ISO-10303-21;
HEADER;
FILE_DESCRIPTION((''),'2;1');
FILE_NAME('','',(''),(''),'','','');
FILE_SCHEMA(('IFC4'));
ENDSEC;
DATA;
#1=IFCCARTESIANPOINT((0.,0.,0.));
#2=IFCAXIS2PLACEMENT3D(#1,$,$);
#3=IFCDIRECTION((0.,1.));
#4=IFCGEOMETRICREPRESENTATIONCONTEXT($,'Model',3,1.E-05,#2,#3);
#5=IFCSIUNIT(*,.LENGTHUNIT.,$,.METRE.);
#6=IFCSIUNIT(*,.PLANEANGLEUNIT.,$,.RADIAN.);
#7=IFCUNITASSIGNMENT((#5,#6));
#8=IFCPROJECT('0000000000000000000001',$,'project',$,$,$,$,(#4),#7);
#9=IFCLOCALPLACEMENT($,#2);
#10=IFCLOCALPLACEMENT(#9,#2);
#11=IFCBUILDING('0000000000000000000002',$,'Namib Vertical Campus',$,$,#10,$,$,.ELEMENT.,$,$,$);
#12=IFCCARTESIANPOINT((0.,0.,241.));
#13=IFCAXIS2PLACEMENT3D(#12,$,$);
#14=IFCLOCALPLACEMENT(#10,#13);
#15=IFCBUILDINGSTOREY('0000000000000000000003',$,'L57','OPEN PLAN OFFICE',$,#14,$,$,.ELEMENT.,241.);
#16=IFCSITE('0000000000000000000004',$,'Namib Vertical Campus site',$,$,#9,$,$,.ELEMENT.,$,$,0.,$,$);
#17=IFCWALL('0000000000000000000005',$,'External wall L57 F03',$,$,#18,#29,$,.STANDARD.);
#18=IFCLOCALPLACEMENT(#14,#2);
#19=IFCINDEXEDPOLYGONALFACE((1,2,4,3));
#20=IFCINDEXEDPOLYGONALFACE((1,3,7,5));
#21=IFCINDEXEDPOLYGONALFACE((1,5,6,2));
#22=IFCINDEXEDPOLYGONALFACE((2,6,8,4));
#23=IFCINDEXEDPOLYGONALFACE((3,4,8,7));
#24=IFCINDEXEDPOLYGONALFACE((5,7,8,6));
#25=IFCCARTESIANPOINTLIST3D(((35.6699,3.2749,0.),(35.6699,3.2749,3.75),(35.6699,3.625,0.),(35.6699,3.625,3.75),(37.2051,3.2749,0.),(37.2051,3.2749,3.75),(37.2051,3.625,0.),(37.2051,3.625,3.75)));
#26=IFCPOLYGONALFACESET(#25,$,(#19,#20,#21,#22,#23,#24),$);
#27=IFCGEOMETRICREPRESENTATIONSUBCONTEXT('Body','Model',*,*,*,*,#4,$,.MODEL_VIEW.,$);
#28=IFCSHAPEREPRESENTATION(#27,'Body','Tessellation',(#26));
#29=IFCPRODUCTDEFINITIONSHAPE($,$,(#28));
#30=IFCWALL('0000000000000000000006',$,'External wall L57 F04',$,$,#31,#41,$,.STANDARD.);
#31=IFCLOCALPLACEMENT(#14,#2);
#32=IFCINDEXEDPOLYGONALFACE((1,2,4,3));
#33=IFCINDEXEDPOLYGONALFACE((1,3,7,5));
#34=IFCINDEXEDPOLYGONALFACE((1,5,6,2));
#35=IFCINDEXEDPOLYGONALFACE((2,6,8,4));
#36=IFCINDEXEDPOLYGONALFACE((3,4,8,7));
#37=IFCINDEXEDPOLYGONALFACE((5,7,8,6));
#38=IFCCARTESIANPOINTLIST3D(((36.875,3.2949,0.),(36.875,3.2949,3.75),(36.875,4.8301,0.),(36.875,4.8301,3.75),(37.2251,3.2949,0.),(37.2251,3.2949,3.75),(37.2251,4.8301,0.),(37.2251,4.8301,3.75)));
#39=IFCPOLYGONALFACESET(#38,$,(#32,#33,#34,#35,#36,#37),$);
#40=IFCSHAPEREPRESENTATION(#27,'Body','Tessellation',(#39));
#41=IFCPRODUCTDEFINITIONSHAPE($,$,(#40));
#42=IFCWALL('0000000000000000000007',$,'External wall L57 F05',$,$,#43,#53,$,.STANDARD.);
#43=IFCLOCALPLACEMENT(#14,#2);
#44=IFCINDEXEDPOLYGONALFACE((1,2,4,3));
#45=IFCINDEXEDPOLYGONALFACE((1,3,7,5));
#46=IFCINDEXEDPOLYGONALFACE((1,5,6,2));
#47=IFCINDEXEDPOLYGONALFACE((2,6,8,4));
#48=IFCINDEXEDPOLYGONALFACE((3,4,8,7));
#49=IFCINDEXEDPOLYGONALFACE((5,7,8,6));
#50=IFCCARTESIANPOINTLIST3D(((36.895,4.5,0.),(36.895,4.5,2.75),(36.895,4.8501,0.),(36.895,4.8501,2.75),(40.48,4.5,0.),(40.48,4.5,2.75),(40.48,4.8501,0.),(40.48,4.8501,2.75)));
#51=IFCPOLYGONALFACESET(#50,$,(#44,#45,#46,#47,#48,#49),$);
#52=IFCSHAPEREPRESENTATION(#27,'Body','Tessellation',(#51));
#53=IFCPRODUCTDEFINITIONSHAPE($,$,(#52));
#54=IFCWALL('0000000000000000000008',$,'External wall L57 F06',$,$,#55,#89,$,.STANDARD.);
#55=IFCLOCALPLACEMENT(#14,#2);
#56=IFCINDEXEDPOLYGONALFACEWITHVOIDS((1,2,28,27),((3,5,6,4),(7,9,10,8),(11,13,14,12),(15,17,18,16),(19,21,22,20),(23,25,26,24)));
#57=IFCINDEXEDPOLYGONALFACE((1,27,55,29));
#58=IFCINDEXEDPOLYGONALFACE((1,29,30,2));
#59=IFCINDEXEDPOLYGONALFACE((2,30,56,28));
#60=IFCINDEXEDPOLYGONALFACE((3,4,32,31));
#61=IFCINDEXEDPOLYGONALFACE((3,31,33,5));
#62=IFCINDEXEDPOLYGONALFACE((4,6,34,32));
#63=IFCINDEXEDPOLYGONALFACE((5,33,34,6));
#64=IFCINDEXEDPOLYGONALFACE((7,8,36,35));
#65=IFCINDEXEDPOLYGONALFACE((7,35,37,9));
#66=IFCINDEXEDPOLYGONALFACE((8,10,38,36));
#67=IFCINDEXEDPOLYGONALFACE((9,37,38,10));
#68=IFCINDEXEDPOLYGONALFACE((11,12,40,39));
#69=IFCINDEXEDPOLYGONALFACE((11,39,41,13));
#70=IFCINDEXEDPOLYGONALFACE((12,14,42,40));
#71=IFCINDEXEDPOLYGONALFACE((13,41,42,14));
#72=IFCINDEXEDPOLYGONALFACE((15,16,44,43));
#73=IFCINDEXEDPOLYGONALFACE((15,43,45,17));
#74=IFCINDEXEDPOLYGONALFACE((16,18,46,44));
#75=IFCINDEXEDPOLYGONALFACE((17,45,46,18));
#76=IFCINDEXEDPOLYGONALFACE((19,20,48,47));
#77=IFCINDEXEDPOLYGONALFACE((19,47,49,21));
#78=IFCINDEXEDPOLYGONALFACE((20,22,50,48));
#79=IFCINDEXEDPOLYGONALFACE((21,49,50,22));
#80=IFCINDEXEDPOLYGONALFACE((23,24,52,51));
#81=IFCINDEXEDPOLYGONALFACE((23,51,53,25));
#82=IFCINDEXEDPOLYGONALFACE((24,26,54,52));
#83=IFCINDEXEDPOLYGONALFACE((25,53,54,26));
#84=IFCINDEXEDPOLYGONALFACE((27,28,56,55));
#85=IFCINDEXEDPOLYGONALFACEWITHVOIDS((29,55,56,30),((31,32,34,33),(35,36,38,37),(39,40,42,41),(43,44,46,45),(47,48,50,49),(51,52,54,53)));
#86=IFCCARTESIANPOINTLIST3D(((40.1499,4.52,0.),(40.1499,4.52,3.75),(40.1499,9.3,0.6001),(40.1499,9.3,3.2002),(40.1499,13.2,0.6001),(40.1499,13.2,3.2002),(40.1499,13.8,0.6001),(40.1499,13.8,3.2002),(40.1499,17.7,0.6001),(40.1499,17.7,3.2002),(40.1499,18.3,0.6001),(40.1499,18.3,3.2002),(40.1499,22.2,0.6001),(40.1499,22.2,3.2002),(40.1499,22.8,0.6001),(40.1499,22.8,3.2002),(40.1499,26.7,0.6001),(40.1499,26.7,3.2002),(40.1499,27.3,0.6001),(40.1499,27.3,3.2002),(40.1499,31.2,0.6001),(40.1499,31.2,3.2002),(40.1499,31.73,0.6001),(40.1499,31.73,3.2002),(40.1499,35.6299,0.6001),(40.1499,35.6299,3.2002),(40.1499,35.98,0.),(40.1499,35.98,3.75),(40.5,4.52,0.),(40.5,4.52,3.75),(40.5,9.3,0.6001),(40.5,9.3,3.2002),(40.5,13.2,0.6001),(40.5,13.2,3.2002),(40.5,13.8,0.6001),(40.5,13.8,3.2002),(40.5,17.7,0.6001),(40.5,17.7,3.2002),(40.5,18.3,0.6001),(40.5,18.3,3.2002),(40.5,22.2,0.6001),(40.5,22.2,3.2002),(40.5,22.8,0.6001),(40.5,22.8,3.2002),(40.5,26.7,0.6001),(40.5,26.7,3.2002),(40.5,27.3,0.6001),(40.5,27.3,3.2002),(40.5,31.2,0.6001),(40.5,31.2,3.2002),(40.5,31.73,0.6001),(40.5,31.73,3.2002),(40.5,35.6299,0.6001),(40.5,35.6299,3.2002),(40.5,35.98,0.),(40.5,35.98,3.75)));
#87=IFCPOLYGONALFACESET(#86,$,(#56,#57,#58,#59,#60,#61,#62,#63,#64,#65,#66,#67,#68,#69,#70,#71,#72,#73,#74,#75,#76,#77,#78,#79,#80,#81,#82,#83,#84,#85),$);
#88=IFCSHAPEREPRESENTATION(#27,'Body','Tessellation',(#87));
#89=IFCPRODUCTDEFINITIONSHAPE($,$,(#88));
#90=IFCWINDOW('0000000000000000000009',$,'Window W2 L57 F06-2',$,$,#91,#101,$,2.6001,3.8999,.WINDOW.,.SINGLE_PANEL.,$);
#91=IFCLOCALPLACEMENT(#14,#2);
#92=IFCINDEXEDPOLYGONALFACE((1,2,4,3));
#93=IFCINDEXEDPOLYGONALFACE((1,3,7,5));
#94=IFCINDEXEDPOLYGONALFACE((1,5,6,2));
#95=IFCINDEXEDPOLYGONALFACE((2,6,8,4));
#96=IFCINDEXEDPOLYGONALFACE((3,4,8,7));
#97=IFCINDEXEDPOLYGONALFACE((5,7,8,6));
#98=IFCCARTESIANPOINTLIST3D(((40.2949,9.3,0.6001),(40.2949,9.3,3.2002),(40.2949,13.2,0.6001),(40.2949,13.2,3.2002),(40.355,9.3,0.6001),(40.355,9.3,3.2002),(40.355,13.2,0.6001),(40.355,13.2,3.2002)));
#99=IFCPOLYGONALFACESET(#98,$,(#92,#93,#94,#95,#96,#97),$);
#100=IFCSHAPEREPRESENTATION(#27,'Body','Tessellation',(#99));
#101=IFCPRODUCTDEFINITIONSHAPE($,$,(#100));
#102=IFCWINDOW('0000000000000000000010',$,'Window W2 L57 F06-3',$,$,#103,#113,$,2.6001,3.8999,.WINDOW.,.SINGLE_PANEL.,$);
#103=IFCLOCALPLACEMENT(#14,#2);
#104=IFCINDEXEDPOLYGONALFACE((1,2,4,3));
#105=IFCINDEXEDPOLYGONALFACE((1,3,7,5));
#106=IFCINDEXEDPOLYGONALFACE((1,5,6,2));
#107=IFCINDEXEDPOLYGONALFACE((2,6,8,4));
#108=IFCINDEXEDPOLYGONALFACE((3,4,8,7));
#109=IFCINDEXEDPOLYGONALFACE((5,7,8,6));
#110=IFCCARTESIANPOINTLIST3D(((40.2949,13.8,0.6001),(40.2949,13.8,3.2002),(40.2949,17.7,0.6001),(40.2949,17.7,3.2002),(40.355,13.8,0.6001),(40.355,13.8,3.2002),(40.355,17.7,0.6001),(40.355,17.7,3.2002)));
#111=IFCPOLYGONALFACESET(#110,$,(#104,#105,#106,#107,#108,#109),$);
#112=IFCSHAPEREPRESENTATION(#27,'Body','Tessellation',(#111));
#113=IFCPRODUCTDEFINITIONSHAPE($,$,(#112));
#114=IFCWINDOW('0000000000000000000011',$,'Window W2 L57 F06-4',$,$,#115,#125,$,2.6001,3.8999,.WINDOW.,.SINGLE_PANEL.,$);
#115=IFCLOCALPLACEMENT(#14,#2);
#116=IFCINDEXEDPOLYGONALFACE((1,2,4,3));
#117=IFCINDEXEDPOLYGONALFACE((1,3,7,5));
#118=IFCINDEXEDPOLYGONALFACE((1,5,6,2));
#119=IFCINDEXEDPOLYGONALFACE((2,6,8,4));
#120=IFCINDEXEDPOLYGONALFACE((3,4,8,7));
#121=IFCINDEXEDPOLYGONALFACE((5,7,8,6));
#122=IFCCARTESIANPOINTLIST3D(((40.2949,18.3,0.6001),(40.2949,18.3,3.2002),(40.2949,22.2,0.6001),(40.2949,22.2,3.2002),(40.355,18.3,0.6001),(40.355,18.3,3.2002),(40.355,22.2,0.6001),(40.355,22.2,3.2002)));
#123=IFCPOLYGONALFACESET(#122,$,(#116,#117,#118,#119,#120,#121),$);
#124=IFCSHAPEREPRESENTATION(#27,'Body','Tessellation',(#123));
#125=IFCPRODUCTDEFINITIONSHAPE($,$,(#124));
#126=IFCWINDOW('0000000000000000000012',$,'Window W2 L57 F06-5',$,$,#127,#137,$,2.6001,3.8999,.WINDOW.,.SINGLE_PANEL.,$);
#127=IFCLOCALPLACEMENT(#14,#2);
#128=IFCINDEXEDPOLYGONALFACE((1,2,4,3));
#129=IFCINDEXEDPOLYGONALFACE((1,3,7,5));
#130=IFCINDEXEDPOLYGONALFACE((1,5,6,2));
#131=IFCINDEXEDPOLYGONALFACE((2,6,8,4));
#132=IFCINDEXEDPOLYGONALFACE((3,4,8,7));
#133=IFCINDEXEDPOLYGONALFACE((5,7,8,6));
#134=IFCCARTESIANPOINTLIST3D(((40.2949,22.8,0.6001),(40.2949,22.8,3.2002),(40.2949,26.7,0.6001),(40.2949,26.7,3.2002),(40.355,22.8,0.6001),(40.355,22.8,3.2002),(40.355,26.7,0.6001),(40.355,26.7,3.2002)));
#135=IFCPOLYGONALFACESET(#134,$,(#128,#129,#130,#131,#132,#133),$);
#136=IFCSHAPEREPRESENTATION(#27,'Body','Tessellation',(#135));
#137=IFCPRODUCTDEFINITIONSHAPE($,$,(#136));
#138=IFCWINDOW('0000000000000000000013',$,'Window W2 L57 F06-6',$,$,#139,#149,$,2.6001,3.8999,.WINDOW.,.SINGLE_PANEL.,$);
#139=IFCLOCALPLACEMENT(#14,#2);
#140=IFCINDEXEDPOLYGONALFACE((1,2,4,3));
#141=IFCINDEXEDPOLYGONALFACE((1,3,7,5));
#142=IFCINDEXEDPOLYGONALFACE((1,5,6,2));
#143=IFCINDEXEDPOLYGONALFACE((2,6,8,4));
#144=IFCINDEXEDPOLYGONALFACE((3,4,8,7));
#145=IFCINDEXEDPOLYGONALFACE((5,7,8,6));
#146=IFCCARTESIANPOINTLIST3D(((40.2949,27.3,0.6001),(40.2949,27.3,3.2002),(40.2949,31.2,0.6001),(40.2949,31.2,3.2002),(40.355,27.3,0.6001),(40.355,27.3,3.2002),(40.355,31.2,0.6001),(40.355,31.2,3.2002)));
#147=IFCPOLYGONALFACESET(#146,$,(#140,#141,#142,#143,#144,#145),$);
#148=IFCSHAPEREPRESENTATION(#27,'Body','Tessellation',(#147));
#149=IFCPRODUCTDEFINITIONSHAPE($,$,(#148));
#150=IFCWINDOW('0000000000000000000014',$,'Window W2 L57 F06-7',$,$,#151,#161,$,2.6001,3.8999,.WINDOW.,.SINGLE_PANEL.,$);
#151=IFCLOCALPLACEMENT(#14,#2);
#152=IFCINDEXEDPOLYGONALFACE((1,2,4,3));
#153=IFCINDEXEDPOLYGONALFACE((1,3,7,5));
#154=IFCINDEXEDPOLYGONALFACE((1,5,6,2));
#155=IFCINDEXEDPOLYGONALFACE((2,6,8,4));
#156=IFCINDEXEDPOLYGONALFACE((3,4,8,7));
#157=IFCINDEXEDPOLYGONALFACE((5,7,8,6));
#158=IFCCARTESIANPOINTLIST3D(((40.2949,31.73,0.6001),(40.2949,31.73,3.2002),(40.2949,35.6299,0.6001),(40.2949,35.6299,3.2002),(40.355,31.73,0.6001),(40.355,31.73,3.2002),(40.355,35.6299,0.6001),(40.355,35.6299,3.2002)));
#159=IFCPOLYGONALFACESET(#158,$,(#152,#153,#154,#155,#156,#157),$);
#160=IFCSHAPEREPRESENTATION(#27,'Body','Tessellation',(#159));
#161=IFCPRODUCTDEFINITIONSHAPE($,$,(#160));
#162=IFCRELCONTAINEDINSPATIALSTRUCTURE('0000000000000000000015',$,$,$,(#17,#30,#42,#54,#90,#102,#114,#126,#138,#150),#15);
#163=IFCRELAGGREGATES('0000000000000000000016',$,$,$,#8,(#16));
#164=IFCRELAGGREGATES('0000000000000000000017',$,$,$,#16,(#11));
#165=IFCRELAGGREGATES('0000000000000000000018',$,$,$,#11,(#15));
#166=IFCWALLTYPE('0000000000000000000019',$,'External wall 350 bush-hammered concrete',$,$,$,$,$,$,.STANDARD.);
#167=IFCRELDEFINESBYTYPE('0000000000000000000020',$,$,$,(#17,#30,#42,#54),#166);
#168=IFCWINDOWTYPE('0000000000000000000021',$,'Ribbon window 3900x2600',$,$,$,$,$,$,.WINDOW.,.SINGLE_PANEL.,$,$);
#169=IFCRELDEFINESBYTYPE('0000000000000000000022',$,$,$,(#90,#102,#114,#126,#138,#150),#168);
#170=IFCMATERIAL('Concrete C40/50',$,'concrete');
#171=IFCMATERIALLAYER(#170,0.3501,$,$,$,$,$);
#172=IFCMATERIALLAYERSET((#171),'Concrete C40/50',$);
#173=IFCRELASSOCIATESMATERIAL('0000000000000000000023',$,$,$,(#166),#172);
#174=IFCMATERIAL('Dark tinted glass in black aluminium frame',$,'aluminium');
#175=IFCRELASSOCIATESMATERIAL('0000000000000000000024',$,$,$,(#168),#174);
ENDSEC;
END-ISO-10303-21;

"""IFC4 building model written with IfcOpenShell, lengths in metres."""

from ifc_helpers import new_model, si_unit, direction, frame, frame_2d, origin, place, context, subcontext, project, spatial, rectangle, extrude, material, layer, layer_set, type_object, element, fill, save


model = new_model("IFC4")

# Units and contexts
model_context = context("Model", 3, precision=1e-05, world=origin(), true_north=direction((0.0, 1.0)))
body_context = subcontext(model_context, "Body", "Model", "MODEL_VIEW")
ifc_project = project(units=[si_unit("LENGTHUNIT", "METRE"), si_unit("PLANEANGLEUNIT", "RADIAN")], contexts=[model_context])

# Site, building, storey
site_placement = place(None, origin())
site = spatial("IfcSite", under=ifc_project, at=site_placement, Name="Namib Vertical Campus site", CompositionType="ELEMENT", RefElevation=0.0)
building_placement = place(site_placement, origin())
building = spatial("IfcBuilding", under=site, at=building_placement, Name="Namib Vertical Campus", CompositionType="ELEMENT")
storey_placement = place(building_placement, frame((0.0, 0.0, 241.0)))
storey = spatial("IfcBuildingStorey", under=building, at=storey_placement, Name="L57", Description="OPEN PLAN OFFICE", CompositionType="ELEMENT", Elevation=241.0)

# Walls
ifc_material_1 = material(Name="Concrete C40/50", Category="concrete")
ifc_layer_1 = layer(ifc_material_1, 0.3501)
ifc_layer_set_1 = layer_set([ifc_layer_1], Name="Concrete C40/50")
wall_type_1 = type_object("IfcWallType", Name="External wall 350 bush-hammered concrete", PredefinedType="STANDARD", material=ifc_layer_set_1)
for number, where, z_axis, x_axis, name in (
    (1, (35.6699, 3.45, 0.0), (0.0, 0.0, 1.0), (1.0, 0.0, 0.0), "External wall L57 F03"),
    (2, (37.05, 3.2949, 0.0), (0.0, 0.0, 1.0), (0.0, 1.0, 0.0), "External wall L57 F04"),
):
    element("IfcWall", number, at=place(storey_placement, frame(where, z_axis=z_axis, x_axis=x_axis)), inside=storey, type_object=wall_type_1, Name=name, PredefinedType="STANDARD", context=body_context, shape_type="SweptSolid", body=[
        extrude(rectangle(XDim=1.5352, YDim=0.3501, at=frame_2d((0.7676, 0.0))), origin(), (0.0, 0.0, 1.0), 3.75),
    ])
wall_1_placement = place(storey_placement, frame((36.895, 4.675, 0.0), z_axis=(0.0, 0.0, 1.0), x_axis=(1.0, 0.0, 0.0)))
element("IfcWall", 3, at=wall_1_placement, inside=storey, type_object=wall_type_1, Name="External wall L57 F05", PredefinedType="STANDARD", context=body_context, shape_type="SweptSolid", body=[
    extrude(rectangle(XDim=3.585, YDim=0.3501, at=frame_2d((1.7925, 0.0))), origin(), (0.0, 0.0, 1.0), 2.75),
])

# Wall, openings, windows
wall_2_placement = place(storey_placement, frame((40.325, 4.52, 0.0), z_axis=(0.0, 0.0, 1.0), x_axis=(0.0, 1.0, 0.0)))
wall_2 = element("IfcWall", 4, at=wall_2_placement, inside=storey, type_object=wall_type_1, Name="External wall L57 F06", PredefinedType="STANDARD", context=body_context, shape_type="SweptSolid", body=[
    extrude(rectangle(XDim=31.46, YDim=0.3501, at=frame_2d((15.73, 0.0))), origin(), (0.0, 0.0, 1.0), 3.75),
])
opening_1_placement = place(wall_2_placement, frame((4.78, 0.0, 0.6001)))
opening_1 = element("IfcOpeningElement", 5, at=opening_1_placement, cuts=wall_2, PredefinedType="OPENING", context=body_context, shape_type="SweptSolid", body=[
    extrude(rectangle(XDim=3.8999, YDim=2.6001, at=frame_2d((1.95, 1.3))), frame((0.0, 0.1851, 0.0), z_axis=(0.0, -1.0, 0.0), x_axis=(1.0, 0.0, 0.0)), (0.0, 0.0, 1.0), 0.3701),
])
opening_2_placement = place(wall_2_placement, frame((9.28, 0.0, 0.6001)))
opening_2 = element("IfcOpeningElement", 6, at=opening_2_placement, cuts=wall_2, PredefinedType="OPENING", context=body_context, shape_type="SweptSolid", body=[
    extrude(rectangle(XDim=3.8999, YDim=2.6001, at=frame_2d((1.95, 1.3))), frame((0.0, 0.1851, 0.0), z_axis=(0.0, -1.0, 0.0), x_axis=(1.0, 0.0, 0.0)), (0.0, 0.0, 1.0), 0.3701),
])
opening_3_placement = place(wall_2_placement, frame((13.78, 0.0, 0.6001)))
opening_3 = element("IfcOpeningElement", 7, at=opening_3_placement, cuts=wall_2, PredefinedType="OPENING", context=body_context, shape_type="SweptSolid", body=[
    extrude(rectangle(XDim=3.8999, YDim=2.6001, at=frame_2d((1.95, 1.3))), frame((0.0, 0.1851, 0.0), z_axis=(0.0, -1.0, 0.0), x_axis=(1.0, 0.0, 0.0)), (0.0, 0.0, 1.0), 0.3701),
])
opening_4_placement = place(wall_2_placement, frame((18.28, 0.0, 0.6001)))
opening_4 = element("IfcOpeningElement", 8, at=opening_4_placement, cuts=wall_2, PredefinedType="OPENING", context=body_context, shape_type="SweptSolid", body=[
    extrude(rectangle(XDim=3.8999, YDim=2.6001, at=frame_2d((1.95, 1.3))), frame((0.0, 0.1851, 0.0), z_axis=(0.0, -1.0, 0.0), x_axis=(1.0, 0.0, 0.0)), (0.0, 0.0, 1.0), 0.3701),
])
opening_5_placement = place(wall_2_placement, frame((22.78, 0.0, 0.6001)))
opening_5 = element("IfcOpeningElement", 9, at=opening_5_placement, cuts=wall_2, PredefinedType="OPENING", context=body_context, shape_type="SweptSolid", body=[
    extrude(rectangle(XDim=3.8999, YDim=2.6001, at=frame_2d((1.95, 1.3))), frame((0.0, 0.1851, 0.0), z_axis=(0.0, -1.0, 0.0), x_axis=(1.0, 0.0, 0.0)), (0.0, 0.0, 1.0), 0.3701),
])
opening_6_placement = place(wall_2_placement, frame((27.21, 0.0, 0.6001)))
opening_6 = element("IfcOpeningElement", 10, at=opening_6_placement, cuts=wall_2, PredefinedType="OPENING", context=body_context, shape_type="SweptSolid", body=[
    extrude(rectangle(XDim=3.8999, YDim=2.6001, at=frame_2d((1.95, 1.3))), frame((0.0, 0.1851, 0.0), z_axis=(0.0, -1.0, 0.0), x_axis=(1.0, 0.0, 0.0)), (0.0, 0.0, 1.0), 0.3701),
])
ifc_material_2 = material(Name="Dark tinted glass in black aluminium frame", Category="aluminium")
window_type = type_object("IfcWindowType", Name="Ribbon window 3900x2600", PartitioningType="SINGLE_PANEL", PredefinedType="WINDOW", material=ifc_material_2)
window_1_placement = place(opening_1_placement, origin())
window_1 = element("IfcWindow", 11, at=window_1_placement, inside=storey, type_object=window_type, Name="Window W2 L57 F06-2", OverallHeight=2.6001, OverallWidth=3.8999, PartitioningType="SINGLE_PANEL", PredefinedType="WINDOW", context=body_context, shape_type="SweptSolid", body=[
    extrude(rectangle(XDim=3.8999, YDim=2.6001, at=frame_2d((1.95, 1.3))), frame((0.0, 0.03, 0.0), z_axis=(0.0, -1.0, 0.0), x_axis=(1.0, 0.0, 0.0)), (0.0, 0.0, 1.0), 0.0601),
])
fill(opening_1, window_1)
window_2_placement = place(opening_2_placement, origin())
window_2 = element("IfcWindow", 12, at=window_2_placement, inside=storey, type_object=window_type, Name="Window W2 L57 F06-3", OverallHeight=2.6001, OverallWidth=3.8999, PartitioningType="SINGLE_PANEL", PredefinedType="WINDOW", context=body_context, shape_type="SweptSolid", body=[
    extrude(rectangle(XDim=3.8999, YDim=2.6001, at=frame_2d((1.95, 1.3))), frame((0.0, 0.03, 0.0), z_axis=(0.0, -1.0, 0.0), x_axis=(1.0, 0.0, 0.0)), (0.0, 0.0, 1.0), 0.0601),
])
fill(opening_2, window_2)
window_3_placement = place(opening_3_placement, origin())
window_3 = element("IfcWindow", 13, at=window_3_placement, inside=storey, type_object=window_type, Name="Window W2 L57 F06-4", OverallHeight=2.6001, OverallWidth=3.8999, PartitioningType="SINGLE_PANEL", PredefinedType="WINDOW", context=body_context, shape_type="SweptSolid", body=[
    extrude(rectangle(XDim=3.8999, YDim=2.6001, at=frame_2d((1.95, 1.3))), frame((0.0, 0.03, 0.0), z_axis=(0.0, -1.0, 0.0), x_axis=(1.0, 0.0, 0.0)), (0.0, 0.0, 1.0), 0.0601),
])
fill(opening_3, window_3)
window_4_placement = place(opening_4_placement, origin())
window_4 = element("IfcWindow", 14, at=window_4_placement, inside=storey, type_object=window_type, Name="Window W2 L57 F06-5", OverallHeight=2.6001, OverallWidth=3.8999, PartitioningType="SINGLE_PANEL", PredefinedType="WINDOW", context=body_context, shape_type="SweptSolid", body=[
    extrude(rectangle(XDim=3.8999, YDim=2.6001, at=frame_2d((1.95, 1.3))), frame((0.0, 0.03, 0.0), z_axis=(0.0, -1.0, 0.0), x_axis=(1.0, 0.0, 0.0)), (0.0, 0.0, 1.0), 0.0601),
])
fill(opening_4, window_4)
window_5_placement = place(opening_5_placement, origin())
window_5 = element("IfcWindow", 15, at=window_5_placement, inside=storey, type_object=window_type, Name="Window W2 L57 F06-6", OverallHeight=2.6001, OverallWidth=3.8999, PartitioningType="SINGLE_PANEL", PredefinedType="WINDOW", context=body_context, shape_type="SweptSolid", body=[
    extrude(rectangle(XDim=3.8999, YDim=2.6001, at=frame_2d((1.95, 1.3))), frame((0.0, 0.03, 0.0), z_axis=(0.0, -1.0, 0.0), x_axis=(1.0, 0.0, 0.0)), (0.0, 0.0, 1.0), 0.0601),
])
fill(opening_5, window_5)
window_6_placement = place(opening_6_placement, origin())
window_6 = element("IfcWindow", 16, at=window_6_placement, inside=storey, type_object=window_type, Name="Window W2 L57 F06-7", OverallHeight=2.6001, OverallWidth=3.8999, PartitioningType="SINGLE_PANEL", PredefinedType="WINDOW", context=body_context, shape_type="SweptSolid", body=[
    extrude(rectangle(XDim=3.8999, YDim=2.6001, at=frame_2d((1.95, 1.3))), frame((0.0, 0.03, 0.0), z_axis=(0.0, -1.0, 0.0), x_axis=(1.0, 0.0, 0.0)), (0.0, 0.0, 1.0), 0.0601),
])
fill(opening_6, window_6)

save(model, "model.ifc")
